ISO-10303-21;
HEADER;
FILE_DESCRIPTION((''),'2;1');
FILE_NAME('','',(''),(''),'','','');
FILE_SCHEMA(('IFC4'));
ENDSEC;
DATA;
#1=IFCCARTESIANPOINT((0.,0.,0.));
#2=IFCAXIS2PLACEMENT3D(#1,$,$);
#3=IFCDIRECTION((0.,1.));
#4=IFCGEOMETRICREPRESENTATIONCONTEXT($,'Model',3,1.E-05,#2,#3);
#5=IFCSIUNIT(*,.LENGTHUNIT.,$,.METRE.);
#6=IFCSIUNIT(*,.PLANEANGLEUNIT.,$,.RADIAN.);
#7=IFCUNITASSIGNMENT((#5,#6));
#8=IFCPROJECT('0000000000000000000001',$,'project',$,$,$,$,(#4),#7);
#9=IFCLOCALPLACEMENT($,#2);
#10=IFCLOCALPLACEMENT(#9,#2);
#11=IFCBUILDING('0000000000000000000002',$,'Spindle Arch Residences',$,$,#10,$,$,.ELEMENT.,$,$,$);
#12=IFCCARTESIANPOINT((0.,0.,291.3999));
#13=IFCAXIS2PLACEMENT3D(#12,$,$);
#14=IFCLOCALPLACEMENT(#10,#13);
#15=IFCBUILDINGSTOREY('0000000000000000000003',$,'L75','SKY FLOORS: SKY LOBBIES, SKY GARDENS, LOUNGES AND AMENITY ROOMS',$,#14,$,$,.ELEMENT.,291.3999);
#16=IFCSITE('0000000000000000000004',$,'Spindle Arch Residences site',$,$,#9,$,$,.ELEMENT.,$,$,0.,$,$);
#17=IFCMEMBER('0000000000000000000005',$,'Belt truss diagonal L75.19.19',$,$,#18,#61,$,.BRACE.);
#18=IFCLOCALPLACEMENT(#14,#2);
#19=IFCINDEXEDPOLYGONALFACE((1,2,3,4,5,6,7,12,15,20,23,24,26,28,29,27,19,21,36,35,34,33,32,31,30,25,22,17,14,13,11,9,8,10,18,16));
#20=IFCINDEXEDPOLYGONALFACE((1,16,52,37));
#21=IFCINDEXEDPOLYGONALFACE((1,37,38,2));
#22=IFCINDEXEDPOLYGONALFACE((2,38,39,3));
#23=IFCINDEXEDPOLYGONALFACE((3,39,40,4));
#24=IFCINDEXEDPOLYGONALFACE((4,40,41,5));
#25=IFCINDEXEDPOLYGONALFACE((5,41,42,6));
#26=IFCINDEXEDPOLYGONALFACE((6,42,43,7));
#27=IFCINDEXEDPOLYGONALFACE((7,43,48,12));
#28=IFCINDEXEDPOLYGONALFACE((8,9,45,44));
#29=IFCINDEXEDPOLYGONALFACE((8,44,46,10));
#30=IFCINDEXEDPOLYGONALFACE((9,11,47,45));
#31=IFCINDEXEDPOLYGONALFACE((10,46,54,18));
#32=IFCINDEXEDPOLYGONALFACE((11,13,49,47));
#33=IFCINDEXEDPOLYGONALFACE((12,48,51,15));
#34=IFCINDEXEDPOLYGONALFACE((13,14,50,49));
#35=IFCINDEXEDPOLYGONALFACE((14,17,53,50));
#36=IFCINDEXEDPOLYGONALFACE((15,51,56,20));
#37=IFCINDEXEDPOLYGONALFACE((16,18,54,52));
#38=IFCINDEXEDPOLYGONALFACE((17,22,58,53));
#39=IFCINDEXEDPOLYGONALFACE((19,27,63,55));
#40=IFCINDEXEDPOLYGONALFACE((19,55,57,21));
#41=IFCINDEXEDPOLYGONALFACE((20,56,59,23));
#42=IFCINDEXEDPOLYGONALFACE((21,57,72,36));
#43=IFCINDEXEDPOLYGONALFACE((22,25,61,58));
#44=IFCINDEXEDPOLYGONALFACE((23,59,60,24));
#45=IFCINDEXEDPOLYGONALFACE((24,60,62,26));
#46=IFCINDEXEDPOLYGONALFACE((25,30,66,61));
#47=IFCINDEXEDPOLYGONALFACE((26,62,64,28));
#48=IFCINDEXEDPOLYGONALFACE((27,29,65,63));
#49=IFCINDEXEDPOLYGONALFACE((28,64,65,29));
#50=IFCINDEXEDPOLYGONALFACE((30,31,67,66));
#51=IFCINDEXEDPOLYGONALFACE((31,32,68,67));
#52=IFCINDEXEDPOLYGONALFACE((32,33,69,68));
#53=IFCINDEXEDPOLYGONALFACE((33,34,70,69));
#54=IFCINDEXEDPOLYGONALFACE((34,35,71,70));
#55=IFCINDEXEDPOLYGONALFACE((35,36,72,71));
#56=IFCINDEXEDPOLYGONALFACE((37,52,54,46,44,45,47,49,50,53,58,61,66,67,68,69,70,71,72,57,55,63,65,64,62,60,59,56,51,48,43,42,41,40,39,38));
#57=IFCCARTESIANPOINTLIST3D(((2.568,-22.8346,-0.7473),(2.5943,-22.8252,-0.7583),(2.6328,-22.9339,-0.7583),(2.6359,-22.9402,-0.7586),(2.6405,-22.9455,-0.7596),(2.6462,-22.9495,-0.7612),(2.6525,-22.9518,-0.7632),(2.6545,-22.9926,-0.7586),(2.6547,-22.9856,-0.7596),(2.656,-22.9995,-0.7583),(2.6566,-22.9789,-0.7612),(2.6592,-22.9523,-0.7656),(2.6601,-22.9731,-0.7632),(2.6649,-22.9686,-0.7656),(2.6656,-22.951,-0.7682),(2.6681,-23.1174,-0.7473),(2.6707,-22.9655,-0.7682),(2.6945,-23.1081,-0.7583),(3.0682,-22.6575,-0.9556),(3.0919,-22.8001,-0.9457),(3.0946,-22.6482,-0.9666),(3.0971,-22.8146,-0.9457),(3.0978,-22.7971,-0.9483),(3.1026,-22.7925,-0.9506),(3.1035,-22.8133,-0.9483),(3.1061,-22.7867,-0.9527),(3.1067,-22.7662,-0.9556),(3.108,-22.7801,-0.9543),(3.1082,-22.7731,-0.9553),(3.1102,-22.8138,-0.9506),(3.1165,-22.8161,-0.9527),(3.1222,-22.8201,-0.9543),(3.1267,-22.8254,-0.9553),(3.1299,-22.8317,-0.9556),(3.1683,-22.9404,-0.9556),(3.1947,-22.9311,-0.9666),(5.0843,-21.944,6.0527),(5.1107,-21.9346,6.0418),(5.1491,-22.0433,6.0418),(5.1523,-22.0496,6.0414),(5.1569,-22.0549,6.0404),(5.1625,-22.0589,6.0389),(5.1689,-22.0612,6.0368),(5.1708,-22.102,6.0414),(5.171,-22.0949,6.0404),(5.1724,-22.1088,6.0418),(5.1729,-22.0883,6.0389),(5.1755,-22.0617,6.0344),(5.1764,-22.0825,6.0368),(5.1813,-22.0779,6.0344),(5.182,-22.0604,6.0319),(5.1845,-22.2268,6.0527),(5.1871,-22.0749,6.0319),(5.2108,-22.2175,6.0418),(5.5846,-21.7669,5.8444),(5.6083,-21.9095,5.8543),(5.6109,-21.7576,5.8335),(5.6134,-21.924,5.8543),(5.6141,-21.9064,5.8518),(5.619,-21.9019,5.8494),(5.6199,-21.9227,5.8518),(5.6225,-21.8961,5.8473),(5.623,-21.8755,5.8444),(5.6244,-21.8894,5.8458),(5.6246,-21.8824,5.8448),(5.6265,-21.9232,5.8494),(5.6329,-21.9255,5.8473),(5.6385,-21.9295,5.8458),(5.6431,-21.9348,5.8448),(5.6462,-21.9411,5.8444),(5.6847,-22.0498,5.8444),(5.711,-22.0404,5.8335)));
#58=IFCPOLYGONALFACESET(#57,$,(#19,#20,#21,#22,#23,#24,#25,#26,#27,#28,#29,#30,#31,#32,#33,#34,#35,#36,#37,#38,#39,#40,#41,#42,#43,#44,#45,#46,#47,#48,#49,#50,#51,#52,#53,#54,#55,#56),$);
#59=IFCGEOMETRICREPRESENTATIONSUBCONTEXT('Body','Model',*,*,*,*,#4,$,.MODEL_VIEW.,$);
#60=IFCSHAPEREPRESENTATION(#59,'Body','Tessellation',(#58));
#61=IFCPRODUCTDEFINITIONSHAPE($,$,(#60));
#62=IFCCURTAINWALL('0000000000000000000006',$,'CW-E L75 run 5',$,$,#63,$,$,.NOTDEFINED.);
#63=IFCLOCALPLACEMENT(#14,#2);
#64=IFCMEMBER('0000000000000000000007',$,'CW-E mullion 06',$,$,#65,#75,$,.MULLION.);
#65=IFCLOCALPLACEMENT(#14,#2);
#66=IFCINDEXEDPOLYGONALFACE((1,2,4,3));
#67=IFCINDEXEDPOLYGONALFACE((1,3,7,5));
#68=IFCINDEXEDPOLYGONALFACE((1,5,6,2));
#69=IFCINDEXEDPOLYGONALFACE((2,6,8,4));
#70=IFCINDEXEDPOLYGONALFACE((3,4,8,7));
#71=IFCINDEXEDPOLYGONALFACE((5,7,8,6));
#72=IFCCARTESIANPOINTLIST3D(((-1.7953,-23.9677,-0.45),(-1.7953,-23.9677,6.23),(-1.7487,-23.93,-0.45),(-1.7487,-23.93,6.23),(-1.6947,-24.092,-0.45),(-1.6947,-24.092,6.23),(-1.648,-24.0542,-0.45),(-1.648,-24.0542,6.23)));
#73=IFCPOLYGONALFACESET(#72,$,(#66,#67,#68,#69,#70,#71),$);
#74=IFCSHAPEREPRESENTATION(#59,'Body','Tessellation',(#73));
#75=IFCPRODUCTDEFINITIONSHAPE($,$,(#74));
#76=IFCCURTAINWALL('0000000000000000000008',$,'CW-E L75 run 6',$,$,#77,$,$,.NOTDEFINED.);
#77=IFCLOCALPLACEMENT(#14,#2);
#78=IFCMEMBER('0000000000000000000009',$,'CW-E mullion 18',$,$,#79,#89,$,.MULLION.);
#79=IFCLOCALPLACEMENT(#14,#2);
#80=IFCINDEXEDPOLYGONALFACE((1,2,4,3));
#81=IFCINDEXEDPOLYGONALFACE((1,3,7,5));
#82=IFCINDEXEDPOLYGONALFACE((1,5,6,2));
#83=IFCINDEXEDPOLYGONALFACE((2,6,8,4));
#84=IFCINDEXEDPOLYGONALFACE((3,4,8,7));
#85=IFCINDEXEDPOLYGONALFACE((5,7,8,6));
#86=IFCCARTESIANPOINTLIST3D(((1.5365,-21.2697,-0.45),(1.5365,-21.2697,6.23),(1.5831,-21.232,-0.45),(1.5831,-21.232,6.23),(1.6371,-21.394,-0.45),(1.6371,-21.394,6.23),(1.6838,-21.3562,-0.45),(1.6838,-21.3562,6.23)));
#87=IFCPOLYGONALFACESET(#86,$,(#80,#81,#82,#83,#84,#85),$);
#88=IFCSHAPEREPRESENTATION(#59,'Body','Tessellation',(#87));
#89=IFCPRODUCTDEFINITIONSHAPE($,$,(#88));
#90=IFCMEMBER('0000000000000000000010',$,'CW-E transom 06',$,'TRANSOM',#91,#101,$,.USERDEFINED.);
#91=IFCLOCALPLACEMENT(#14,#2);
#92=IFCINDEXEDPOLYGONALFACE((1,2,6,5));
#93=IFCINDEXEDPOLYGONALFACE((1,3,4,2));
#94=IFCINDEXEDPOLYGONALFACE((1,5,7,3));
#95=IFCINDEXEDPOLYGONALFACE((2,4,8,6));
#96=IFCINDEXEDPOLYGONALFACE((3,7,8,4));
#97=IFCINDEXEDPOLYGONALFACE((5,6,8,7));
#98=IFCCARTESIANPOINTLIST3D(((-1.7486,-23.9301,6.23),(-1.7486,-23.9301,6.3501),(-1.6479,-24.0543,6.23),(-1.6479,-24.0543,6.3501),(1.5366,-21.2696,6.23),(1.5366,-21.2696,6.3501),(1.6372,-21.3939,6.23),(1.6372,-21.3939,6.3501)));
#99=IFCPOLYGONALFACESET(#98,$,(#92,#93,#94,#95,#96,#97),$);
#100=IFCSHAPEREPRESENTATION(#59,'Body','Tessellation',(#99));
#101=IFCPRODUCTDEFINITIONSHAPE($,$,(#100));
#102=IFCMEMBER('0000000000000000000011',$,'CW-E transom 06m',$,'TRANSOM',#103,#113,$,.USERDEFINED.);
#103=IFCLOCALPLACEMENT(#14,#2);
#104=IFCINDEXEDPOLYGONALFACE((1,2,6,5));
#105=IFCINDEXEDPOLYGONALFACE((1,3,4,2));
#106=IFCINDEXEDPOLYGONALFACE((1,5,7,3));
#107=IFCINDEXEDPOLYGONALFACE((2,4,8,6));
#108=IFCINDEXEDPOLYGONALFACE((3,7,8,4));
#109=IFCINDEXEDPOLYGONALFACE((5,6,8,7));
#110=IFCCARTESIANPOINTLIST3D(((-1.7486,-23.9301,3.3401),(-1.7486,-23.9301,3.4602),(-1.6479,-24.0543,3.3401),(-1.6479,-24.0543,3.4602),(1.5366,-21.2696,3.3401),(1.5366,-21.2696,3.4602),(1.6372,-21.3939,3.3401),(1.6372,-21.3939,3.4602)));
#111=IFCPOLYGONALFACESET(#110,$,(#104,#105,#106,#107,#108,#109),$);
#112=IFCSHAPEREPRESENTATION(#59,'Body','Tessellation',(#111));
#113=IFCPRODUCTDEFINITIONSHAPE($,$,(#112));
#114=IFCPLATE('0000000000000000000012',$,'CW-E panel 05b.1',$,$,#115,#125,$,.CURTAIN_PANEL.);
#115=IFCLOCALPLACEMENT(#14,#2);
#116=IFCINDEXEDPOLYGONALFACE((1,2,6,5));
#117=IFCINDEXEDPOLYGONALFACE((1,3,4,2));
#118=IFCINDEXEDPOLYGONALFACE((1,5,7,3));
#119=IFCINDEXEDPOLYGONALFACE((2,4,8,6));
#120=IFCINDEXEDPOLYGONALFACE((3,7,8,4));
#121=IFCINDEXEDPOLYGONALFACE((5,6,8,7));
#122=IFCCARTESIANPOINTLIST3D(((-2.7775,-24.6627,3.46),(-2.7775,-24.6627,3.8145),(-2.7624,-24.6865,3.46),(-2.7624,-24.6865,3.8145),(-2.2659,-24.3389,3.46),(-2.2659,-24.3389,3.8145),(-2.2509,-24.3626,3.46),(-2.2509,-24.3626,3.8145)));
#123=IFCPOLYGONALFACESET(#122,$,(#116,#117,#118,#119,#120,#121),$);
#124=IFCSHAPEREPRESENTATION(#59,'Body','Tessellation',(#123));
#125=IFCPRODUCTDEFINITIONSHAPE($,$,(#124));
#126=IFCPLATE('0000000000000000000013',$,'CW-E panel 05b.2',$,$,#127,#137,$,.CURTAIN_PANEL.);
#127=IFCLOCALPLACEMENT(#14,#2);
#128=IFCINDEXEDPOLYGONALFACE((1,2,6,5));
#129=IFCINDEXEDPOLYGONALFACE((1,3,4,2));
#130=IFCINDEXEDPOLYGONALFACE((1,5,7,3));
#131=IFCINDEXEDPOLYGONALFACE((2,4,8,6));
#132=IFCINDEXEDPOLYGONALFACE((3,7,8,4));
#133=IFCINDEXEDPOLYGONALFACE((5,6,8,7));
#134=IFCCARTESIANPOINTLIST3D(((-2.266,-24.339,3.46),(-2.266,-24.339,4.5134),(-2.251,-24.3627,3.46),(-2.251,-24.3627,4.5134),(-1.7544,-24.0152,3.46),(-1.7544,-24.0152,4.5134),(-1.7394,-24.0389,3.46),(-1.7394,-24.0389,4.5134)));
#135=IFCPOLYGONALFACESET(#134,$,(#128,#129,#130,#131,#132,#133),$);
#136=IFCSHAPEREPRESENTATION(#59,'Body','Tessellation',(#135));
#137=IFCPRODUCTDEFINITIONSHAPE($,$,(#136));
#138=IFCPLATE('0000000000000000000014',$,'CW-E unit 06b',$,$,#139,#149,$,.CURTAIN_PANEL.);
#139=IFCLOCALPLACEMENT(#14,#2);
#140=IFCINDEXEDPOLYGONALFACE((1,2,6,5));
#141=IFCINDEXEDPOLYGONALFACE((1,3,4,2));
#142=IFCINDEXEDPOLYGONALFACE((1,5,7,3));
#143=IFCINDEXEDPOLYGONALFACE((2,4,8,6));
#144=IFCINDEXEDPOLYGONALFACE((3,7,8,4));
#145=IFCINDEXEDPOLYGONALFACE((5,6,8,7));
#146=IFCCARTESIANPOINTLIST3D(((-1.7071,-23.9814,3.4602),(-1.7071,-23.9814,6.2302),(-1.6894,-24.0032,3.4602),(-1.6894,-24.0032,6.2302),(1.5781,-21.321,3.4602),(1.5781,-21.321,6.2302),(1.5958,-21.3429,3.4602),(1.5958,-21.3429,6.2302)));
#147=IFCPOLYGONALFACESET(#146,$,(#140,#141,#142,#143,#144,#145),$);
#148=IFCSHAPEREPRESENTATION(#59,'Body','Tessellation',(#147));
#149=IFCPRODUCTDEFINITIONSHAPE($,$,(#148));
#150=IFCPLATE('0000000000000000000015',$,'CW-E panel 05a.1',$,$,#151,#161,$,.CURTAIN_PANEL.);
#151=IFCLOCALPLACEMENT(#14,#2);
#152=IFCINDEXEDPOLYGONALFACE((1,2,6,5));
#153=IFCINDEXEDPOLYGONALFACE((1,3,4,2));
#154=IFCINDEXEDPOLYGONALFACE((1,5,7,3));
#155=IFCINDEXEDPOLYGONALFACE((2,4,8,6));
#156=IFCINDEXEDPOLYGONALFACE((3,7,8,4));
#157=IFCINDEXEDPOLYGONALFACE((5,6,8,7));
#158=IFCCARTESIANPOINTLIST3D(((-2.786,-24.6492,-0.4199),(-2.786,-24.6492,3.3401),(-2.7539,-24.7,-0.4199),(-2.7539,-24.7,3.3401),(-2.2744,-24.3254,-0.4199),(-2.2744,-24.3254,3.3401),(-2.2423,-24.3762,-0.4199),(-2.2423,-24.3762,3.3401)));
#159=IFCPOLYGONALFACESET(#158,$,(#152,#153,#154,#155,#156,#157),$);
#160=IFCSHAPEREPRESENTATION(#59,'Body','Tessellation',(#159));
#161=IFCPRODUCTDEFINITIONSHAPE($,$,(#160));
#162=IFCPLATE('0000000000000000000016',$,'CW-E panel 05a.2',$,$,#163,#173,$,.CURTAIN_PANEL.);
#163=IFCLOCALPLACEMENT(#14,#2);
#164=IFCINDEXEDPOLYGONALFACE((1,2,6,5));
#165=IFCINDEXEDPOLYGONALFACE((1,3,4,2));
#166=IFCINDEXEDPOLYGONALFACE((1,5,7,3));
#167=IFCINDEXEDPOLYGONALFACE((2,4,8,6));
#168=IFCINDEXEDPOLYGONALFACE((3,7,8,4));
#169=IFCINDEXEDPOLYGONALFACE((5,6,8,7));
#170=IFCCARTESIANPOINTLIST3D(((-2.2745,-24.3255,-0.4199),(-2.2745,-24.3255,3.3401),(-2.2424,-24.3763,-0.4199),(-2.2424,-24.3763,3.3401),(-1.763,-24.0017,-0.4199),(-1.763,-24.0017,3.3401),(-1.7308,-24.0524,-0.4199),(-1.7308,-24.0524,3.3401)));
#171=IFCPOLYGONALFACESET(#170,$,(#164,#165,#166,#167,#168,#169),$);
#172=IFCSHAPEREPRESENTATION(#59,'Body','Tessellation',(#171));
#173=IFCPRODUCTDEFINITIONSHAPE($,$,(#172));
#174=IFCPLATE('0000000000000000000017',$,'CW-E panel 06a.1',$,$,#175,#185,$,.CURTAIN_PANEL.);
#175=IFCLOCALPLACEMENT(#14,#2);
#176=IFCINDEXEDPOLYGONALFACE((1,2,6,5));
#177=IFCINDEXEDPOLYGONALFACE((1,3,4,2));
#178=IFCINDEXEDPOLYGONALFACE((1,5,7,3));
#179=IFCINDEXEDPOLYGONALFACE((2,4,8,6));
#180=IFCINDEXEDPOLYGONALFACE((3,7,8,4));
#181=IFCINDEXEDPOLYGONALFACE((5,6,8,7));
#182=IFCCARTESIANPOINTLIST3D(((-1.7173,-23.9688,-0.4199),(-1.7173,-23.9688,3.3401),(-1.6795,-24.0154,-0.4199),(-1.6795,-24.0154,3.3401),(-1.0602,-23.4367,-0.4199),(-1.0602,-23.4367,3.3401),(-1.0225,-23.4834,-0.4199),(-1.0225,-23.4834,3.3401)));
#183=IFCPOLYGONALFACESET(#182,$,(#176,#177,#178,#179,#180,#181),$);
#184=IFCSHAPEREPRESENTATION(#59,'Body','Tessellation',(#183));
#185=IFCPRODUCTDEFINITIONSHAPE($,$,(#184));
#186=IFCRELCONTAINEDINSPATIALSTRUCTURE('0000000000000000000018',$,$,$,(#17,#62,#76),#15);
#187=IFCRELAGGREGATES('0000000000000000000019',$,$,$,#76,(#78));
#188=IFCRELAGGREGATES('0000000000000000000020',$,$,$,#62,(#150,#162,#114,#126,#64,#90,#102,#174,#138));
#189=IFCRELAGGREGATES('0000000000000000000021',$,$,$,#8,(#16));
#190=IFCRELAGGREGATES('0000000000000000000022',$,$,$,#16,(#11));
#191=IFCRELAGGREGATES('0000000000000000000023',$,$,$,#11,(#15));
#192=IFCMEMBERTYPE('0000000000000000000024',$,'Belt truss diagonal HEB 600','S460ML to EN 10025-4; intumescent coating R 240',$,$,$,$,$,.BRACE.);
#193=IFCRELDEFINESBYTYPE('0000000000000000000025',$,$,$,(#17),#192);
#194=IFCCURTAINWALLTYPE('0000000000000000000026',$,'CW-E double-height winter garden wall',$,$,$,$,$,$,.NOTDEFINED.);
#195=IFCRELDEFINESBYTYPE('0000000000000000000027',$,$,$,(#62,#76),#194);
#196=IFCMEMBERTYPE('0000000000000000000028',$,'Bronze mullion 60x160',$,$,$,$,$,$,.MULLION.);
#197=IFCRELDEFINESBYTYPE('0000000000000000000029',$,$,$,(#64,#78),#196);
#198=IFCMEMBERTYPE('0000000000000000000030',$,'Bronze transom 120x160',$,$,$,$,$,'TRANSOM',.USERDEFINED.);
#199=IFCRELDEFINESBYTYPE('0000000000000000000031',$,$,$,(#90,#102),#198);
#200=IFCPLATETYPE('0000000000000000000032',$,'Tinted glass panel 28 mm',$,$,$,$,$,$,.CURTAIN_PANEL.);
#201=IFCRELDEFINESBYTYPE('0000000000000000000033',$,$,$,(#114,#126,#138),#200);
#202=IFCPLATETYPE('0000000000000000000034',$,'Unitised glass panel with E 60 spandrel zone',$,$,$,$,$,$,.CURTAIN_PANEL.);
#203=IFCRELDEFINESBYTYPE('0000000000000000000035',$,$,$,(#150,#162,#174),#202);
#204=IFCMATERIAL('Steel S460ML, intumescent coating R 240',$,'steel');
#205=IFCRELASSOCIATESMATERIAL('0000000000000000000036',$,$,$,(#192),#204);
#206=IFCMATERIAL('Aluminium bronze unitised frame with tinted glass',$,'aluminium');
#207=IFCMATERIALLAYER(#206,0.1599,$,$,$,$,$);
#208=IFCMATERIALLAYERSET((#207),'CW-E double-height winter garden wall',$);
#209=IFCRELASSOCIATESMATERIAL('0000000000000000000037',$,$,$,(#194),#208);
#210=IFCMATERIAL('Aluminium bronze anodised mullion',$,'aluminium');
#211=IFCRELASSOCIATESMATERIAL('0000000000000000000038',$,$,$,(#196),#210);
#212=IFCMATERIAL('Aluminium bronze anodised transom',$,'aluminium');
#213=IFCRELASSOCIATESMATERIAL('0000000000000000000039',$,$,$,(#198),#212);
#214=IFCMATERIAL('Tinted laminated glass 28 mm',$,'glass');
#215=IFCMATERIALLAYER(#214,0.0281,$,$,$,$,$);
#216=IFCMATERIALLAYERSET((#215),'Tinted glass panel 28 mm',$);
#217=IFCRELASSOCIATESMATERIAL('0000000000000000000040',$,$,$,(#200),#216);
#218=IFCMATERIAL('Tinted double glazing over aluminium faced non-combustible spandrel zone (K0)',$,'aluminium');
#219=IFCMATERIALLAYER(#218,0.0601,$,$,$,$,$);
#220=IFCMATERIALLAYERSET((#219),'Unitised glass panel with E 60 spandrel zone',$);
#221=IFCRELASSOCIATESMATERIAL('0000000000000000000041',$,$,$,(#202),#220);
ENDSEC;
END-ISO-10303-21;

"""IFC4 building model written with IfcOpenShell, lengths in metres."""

from ifc_helpers import new_model, si_unit, direction, frame, origin, origin_2d, place, context, subcontext, project, spatial, rectangle, i_section, extrude, material, layer, layer_set, material_profile, profile_set, type_object, element, aggregate, save


model = new_model("IFC4")

# Units and contexts
model_context = context("Model", 3, precision=1e-05, world=origin(), true_north=direction((0.0, 1.0)))
body_context = subcontext(model_context, "Body", "Model", "MODEL_VIEW")
ifc_project = project(units=[si_unit("LENGTHUNIT", "METRE"), si_unit("PLANEANGLEUNIT", "RADIAN")], contexts=[model_context])

# Site, building, storey
site_placement = place(None, origin())
site = spatial("IfcSite", under=ifc_project, at=site_placement, Name="Spindle Arch Residences site", CompositionType="ELEMENT", RefElevation=0.0)
building_placement = place(site_placement, origin())
building = spatial("IfcBuilding", under=site, at=building_placement, Name="Spindle Arch Residences", CompositionType="ELEMENT")
storey_placement = place(building_placement, frame((0.0, 0.0, 291.3999)))
storey = spatial("IfcBuildingStorey", under=building, at=storey_placement, Name="L75", Description="SKY FLOORS: SKY LOBBIES, SKY GARDENS, LOUNGES AND AMENITY ROOMS", CompositionType="ELEMENT", Elevation=291.3999)

# Member
ifc_material_1 = material(Name="Steel S460ML, intumescent coating R 240", Category="steel")
ifc_material_profile_1 = material_profile(ifc_material_1, i_section(OverallWidth=0.3, OverallDepth=0.6001, WebThickness=0.0154, FlangeThickness=0.03, FilletRadius=0.0271, at=origin_2d()), Name="HEB 600")
ifc_profile_set_1 = profile_set([ifc_material_profile_1], Name="Steel S460ML, intumescent coating R 240")
member_type_1 = type_object("IfcMemberType", Name="Belt truss diagonal HEB 600", Description="S460ML to EN 10025-4; intumescent coating R 240", PredefinedType="BRACE", material=ifc_profile_set_1)
member_1_placement = place(storey_placement, frame((2.8813, -22.8828, -0.8569), z_axis=(0.344461, 0.121917, 0.930851), x_axis=(-0.333652, 0.942696, 0.0)))
element("IfcMember", 1, at=member_1_placement, inside=storey, type_object=member_type_1, Name="Belt truss diagonal L75.19.19", PredefinedType="BRACE", context=body_context, shape_type="SweptSolid", body=[
    extrude(i_section(OverallWidth=0.3, OverallDepth=0.6001, WebThickness=0.0154, FlangeThickness=0.03, FilletRadius=0.0271, at=origin_2d()), origin(), (0.0, 0.0, 1.0), 7.3052),
])

# Curtain walls, members
ifc_material_2 = material(Name="Aluminium bronze unitised frame with tinted glass", Category="aluminium")
ifc_layer_1 = layer(ifc_material_2, 0.1599)
ifc_layer_set_1 = layer_set([ifc_layer_1], Name="CW-E double-height winter garden wall")
curtain_wall_type = type_object("IfcCurtainWallType", Name="CW-E double-height winter garden wall", PredefinedType="NOTDEFINED", material=ifc_layer_set_1)
curtain_wall_1_placement = place(storey_placement, origin())
curtain_wall_1 = element("IfcCurtainWall", 2, at=curtain_wall_1_placement, inside=storey, type_object=curtain_wall_type, Name="CW-E L75 run 5", PredefinedType="NOTDEFINED")
ifc_material_3 = material(Name="Aluminium bronze anodised mullion", Category="aluminium")
ifc_material_profile_2 = material_profile(ifc_material_3, rectangle(XDim=0.1599, YDim=0.0601, at=origin_2d()), Name="MU 60x160")
ifc_profile_set_2 = profile_set([ifc_material_profile_2], Name="Aluminium bronze anodised mullion")
member_type_2 = type_object("IfcMemberType", Name="Bronze mullion 60x160", PredefinedType="MULLION", material=ifc_profile_set_2)
member_2_placement = place(storey_placement, frame((-1.7217, -24.011, -0.45), z_axis=(0.0, 0.0, 1.0), x_axis=(-0.62932, 0.777146, 0.0)))
member_2 = element("IfcMember", 3, at=member_2_placement, type_object=member_type_2, Name="CW-E mullion 06", PredefinedType="MULLION", context=body_context, shape_type="SweptSolid", body=[
    extrude(rectangle(XDim=0.1599, YDim=0.0601, at=origin_2d()), origin(), (0.0, 0.0, 1.0), 6.6799),
])
curtain_wall_2_placement = place(storey_placement, origin())
curtain_wall_2 = element("IfcCurtainWall", 4, at=curtain_wall_2_placement, inside=storey, type_object=curtain_wall_type, Name="CW-E L75 run 6", PredefinedType="NOTDEFINED")
member_3_placement = place(storey_placement, frame((1.6101, -21.313, -0.45), z_axis=(0.0, 0.0, 1.0), x_axis=(-0.62932, 0.777146, 0.0)))
member_3 = element("IfcMember", 5, at=member_3_placement, type_object=member_type_2, Name="CW-E mullion 18", PredefinedType="MULLION", context=body_context, shape_type="SweptSolid", body=[
    extrude(rectangle(XDim=0.1599, YDim=0.0601, at=origin_2d()), origin(), (0.0, 0.0, 1.0), 6.6799),
])
aggregate(curtain_wall_2, [member_3])

# Members
ifc_material_4 = material(Name="Aluminium bronze anodised transom", Category="aluminium")
ifc_material_profile_3 = material_profile(ifc_material_4, rectangle(XDim=0.1599, YDim=0.1201, at=origin_2d()), Name="TR 120x160")
ifc_profile_set_3 = profile_set([ifc_material_profile_3], Name="Aluminium bronze anodised transom")
member_type_3 = type_object("IfcMemberType", Name="Bronze transom 120x160", ElementType="TRANSOM", PredefinedType="USERDEFINED", material=ifc_profile_set_3)
member_4_placement = place(storey_placement, frame((-1.6982, -23.9922, 6.29), z_axis=(0.777131, 0.629339, 0.0), x_axis=(-0.629339, 0.777131, 0.0)))
member_4 = element("IfcMember", 6, at=member_4_placement, type_object=member_type_3, Name="CW-E transom 06", ObjectType="TRANSOM", PredefinedType="USERDEFINED", context=body_context, shape_type="SweptSolid", body=[
    extrude(rectangle(XDim=0.1599, YDim=0.1201, at=origin_2d()), origin(), (0.0, 0.0, 1.0), 4.2273),
])
member_5_placement = place(storey_placement, frame((-1.6982, -23.9922, 3.4001), z_axis=(0.777131, 0.629339, 0.0), x_axis=(-0.629339, 0.777131, 0.0)))
member_5 = element("IfcMember", 7, at=member_5_placement, type_object=member_type_3, Name="CW-E transom 06m", ObjectType="TRANSOM", PredefinedType="USERDEFINED", context=body_context, shape_type="SweptSolid", body=[
    extrude(rectangle(XDim=0.1599, YDim=0.1201, at=origin_2d()), origin(), (0.0, 0.0, 1.0), 4.2273),
])

# Plates
ifc_material_5 = material(Name="Tinted laminated glass 28 mm", Category="glass")
ifc_layer_2 = layer(ifc_material_5, 0.0281)
ifc_layer_set_2 = layer_set([ifc_layer_2], Name="Tinted glass panel 28 mm")
plate_type_1 = type_object("IfcPlateType", Name="Tinted glass panel 28 mm", PredefinedType="CURTAIN_PANEL", material=ifc_layer_set_2)
plate_1_placement = place(storey_placement, frame((-2.5142, -24.5127, 3.46), z_axis=(0.0, 0.0, 1.0), x_axis=(0.844951, 0.534844, 0.0)))
plate_1 = element("IfcPlate", 8, at=plate_1_placement, type_object=plate_type_1, Name="CW-E panel 05b.1", PredefinedType="CURTAIN_PANEL", context=body_context, shape_type="SweptSolid", body=[
    extrude(rectangle(XDim=0.6055, YDim=0.0281, at=origin_2d()), origin(), (0.0, 0.0, 1.0), 0.3545),
])
plate_2_placement = place(storey_placement, frame((-2.0027, -24.189, 3.46), z_axis=(0.0, 0.0, 1.0), x_axis=(0.844951, 0.534844, 0.0)))
plate_2 = element("IfcPlate", 9, at=plate_2_placement, type_object=plate_type_1, Name="CW-E panel 05b.2", PredefinedType="CURTAIN_PANEL", context=body_context, shape_type="SweptSolid", body=[
    extrude(rectangle(XDim=0.6055, YDim=0.0281, at=origin_2d()), origin(), (0.0, 0.0, 1.0), 1.0535),
])
plate_3_placement = place(storey_placement, frame((-0.0557, -22.6621, 3.4602), z_axis=(0.0, 0.0, 1.0), x_axis=(0.777146, 0.62932, 0.0)))
plate_3 = element("IfcPlate", 10, at=plate_3_placement, type_object=plate_type_1, Name="CW-E unit 06b", PredefinedType="CURTAIN_PANEL", context=body_context, shape_type="SweptSolid", body=[
    extrude(rectangle(XDim=4.2273, YDim=0.0281, at=origin_2d()), origin(), (0.0, 0.0, 1.0), 2.77),
])
ifc_material_6 = material(Name="Tinted double glazing over aluminium faced non-combustible spandrel zone (K0)", Category="aluminium")
ifc_layer_3 = layer(ifc_material_6, 0.0601)
ifc_layer_set_3 = layer_set([ifc_layer_3], Name="Unitised glass panel with E 60 spandrel zone")
plate_type_2 = type_object("IfcPlateType", Name="Unitised glass panel with E 60 spandrel zone", PredefinedType="CURTAIN_PANEL", material=ifc_layer_set_3)
plate_4_placement = place(storey_placement, frame((-2.5142, -24.5127, -0.4199), z_axis=(0.0, 0.0, 1.0), x_axis=(0.844951, 0.534844, 0.0)))
plate_4 = element("IfcPlate", 11, at=plate_4_placement, type_object=plate_type_2, Name="CW-E panel 05a.1", PredefinedType="CURTAIN_PANEL", context=body_context, shape_type="SweptSolid", body=[
    extrude(rectangle(XDim=0.6055, YDim=0.0601, at=origin_2d()), origin(), (0.0, 0.0, 1.0), 3.76),
])
plate_5_placement = place(storey_placement, frame((-2.0027, -24.189, -0.4199), z_axis=(0.0, 0.0, 1.0), x_axis=(0.844951, 0.534844, 0.0)))
plate_5 = element("IfcPlate", 12, at=plate_5_placement, type_object=plate_type_2, Name="CW-E panel 05a.2", PredefinedType="CURTAIN_PANEL", context=body_context, shape_type="SweptSolid", body=[
    extrude(rectangle(XDim=0.6055, YDim=0.0601, at=origin_2d()), origin(), (0.0, 0.0, 1.0), 3.76),
])
plate_6_placement = place(storey_placement, frame((-1.3699, -23.7261, -0.4199), z_axis=(0.0, 0.0, 1.0), x_axis=(0.777146, 0.62932, 0.0)))
plate_6 = element("IfcPlate", 13, at=plate_6_placement, type_object=plate_type_2, Name="CW-E panel 06a.1", PredefinedType="CURTAIN_PANEL", context=body_context, shape_type="SweptSolid", body=[
    extrude(rectangle(XDim=0.8455, YDim=0.0601, at=origin_2d()), origin(), (0.0, 0.0, 1.0), 3.76),
])
aggregate(curtain_wall_1, [plate_4, plate_5, plate_1, plate_2, member_2, member_4, member_5, plate_6, plate_3])

save(model, "model.ifc")
